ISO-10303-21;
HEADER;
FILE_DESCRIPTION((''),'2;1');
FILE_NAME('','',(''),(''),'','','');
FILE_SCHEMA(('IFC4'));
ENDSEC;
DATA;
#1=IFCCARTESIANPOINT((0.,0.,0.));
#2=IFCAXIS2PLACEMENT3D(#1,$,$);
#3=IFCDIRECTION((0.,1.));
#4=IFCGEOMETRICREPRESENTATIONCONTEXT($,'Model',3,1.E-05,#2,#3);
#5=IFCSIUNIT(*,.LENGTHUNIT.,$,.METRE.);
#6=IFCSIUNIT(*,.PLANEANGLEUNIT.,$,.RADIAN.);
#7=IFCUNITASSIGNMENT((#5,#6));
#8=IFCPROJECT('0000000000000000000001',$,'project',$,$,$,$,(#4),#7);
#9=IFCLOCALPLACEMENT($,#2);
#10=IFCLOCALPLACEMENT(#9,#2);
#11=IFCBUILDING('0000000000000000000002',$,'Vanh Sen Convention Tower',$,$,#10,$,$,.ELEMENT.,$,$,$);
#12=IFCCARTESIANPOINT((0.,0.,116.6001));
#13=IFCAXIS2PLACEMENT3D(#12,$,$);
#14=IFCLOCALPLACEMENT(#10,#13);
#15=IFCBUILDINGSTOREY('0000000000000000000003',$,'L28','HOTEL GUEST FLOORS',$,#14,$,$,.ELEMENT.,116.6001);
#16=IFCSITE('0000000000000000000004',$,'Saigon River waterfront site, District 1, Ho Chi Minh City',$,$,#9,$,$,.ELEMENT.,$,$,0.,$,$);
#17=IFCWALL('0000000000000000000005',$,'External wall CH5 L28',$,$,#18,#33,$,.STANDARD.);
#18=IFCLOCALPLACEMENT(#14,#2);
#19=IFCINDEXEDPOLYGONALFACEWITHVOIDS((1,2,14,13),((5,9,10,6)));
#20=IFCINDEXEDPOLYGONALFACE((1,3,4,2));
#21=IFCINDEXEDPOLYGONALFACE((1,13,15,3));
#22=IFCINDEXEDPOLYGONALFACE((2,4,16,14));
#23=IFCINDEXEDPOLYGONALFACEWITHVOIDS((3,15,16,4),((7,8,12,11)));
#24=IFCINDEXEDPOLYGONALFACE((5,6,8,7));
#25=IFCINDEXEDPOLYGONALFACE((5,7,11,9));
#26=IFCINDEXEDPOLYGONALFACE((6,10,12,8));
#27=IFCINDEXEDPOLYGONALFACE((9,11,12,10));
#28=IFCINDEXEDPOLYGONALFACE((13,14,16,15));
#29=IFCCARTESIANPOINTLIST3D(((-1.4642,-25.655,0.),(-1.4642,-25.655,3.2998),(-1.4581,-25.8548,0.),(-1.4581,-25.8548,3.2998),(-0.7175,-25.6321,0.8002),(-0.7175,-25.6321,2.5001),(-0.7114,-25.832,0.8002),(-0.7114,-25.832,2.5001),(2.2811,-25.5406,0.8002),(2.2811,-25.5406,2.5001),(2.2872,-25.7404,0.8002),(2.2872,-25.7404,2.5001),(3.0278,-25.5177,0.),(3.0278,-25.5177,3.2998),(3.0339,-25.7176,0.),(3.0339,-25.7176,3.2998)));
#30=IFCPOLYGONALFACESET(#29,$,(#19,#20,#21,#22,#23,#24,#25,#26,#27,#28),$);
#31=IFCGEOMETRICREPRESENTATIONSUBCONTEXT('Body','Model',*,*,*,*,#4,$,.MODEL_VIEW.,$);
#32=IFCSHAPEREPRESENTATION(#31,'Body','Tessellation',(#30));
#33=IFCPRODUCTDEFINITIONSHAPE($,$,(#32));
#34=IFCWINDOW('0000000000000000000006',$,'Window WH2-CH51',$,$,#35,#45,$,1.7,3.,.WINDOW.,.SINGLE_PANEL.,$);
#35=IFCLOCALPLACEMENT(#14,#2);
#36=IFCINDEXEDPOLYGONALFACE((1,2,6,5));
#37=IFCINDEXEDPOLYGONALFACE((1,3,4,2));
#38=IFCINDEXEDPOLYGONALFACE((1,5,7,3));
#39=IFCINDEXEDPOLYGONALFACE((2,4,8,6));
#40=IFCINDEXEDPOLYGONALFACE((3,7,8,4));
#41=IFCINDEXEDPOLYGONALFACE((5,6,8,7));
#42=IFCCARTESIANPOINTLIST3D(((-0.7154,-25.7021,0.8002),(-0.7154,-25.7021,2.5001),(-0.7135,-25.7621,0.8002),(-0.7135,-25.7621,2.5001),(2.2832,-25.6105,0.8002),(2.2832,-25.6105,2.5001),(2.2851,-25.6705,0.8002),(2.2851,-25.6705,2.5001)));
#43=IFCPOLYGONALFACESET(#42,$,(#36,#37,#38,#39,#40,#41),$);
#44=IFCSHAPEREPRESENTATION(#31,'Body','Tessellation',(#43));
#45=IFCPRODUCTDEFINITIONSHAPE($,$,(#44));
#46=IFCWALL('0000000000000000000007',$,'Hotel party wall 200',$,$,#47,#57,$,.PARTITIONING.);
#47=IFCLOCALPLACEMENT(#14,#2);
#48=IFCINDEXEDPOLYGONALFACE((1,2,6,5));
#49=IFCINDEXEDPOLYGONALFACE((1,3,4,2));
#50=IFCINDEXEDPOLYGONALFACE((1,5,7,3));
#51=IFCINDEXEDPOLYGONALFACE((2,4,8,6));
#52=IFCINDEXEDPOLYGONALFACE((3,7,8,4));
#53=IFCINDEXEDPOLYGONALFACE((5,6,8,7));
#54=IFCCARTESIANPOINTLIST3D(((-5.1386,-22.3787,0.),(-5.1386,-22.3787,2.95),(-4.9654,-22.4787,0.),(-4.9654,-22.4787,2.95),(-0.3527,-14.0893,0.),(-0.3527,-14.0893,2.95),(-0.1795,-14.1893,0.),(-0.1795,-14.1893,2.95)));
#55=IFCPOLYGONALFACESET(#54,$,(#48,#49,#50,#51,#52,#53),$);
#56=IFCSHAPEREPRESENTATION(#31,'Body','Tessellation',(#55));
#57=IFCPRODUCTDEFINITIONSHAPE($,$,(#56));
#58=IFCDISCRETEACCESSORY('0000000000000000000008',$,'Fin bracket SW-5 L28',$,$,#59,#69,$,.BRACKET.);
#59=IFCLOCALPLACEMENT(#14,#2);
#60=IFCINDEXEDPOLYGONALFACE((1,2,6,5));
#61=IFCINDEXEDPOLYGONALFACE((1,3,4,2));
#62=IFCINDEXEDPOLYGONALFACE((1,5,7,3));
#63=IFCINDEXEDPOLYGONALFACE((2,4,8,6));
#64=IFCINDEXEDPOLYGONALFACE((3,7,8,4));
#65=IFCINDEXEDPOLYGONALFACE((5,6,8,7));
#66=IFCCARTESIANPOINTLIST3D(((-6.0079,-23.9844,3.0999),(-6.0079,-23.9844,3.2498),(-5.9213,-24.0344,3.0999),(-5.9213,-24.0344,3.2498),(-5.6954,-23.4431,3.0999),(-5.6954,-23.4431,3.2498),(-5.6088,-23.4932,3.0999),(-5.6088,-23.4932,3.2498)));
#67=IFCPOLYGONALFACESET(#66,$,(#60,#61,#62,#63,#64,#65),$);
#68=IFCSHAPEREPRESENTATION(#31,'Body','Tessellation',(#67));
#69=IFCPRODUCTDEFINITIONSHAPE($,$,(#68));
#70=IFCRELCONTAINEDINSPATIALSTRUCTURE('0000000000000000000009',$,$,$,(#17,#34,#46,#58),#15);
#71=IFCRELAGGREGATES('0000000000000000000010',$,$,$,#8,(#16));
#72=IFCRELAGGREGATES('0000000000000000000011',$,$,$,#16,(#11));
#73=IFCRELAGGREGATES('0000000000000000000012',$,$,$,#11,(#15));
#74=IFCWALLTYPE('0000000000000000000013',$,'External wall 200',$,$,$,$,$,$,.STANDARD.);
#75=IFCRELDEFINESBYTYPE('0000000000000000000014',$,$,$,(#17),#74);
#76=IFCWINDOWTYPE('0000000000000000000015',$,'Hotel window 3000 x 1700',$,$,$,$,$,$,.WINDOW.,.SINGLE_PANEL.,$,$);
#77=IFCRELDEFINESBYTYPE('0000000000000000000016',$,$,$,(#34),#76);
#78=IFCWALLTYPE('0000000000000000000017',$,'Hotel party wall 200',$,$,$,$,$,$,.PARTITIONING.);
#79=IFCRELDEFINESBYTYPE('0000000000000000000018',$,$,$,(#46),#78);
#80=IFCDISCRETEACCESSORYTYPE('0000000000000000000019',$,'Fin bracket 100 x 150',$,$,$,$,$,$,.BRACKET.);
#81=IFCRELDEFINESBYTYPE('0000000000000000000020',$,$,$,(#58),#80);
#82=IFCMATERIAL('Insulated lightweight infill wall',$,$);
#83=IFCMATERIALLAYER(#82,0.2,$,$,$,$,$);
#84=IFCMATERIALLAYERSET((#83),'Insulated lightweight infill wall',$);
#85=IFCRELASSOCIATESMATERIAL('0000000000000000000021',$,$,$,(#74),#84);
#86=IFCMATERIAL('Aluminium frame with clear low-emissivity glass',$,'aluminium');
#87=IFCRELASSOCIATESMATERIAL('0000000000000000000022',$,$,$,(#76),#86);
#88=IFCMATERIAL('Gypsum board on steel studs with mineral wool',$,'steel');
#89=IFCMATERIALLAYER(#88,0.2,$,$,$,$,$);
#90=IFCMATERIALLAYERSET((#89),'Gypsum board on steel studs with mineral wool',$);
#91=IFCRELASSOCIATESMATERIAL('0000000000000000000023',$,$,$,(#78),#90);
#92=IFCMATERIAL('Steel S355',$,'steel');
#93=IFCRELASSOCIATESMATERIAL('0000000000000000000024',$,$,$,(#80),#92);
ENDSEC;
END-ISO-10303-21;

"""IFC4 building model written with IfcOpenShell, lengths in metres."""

from ifc_helpers import new_model, si_unit, direction, frame, frame_2d, origin, origin_2d, place, context, subcontext, project, spatial, rectangle, extrude, material, layer, layer_set, type_object, element, fill, save


model = new_model("IFC4")

# Units and contexts
model_context = context("Model", 3, precision=1e-05, world=origin(), true_north=direction((0.0, 1.0)))
body_context = subcontext(model_context, "Body", "Model", "MODEL_VIEW")
ifc_project = project(units=[si_unit("LENGTHUNIT", "METRE"), si_unit("PLANEANGLEUNIT", "RADIAN")], contexts=[model_context])

# Site, building, storey
site_placement = place(None, origin())
site = spatial("IfcSite", under=ifc_project, at=site_placement, Name="Saigon River waterfront site, District 1, Ho Chi Minh City", CompositionType="ELEMENT", RefElevation=0.0)
building_placement = place(site_placement, origin())
building = spatial("IfcBuilding", under=site, at=building_placement, Name="Vanh Sen Convention Tower", CompositionType="ELEMENT")
storey_placement = place(building_placement, frame((0.0, 0.0, 116.6001)))
storey = spatial("IfcBuildingStorey", under=building, at=storey_placement, Name="L28", Description="HOTEL GUEST FLOORS", CompositionType="ELEMENT", Elevation=116.6001)

# Shared definitions
ifc_material_1 = material(Name="Gypsum board on steel studs with mineral wool", Category="steel")

# Wall, opening, window
ifc_material_2 = material(Name="Insulated lightweight infill wall")
ifc_layer_1 = layer(ifc_material_2, 0.2)
ifc_layer_set_1 = layer_set([ifc_layer_1], Name="Insulated lightweight infill wall")
wall_type_1 = type_object("IfcWallType", Name="External wall 200", PredefinedType="STANDARD", material=ifc_layer_set_1)
wall_1_placement = place(storey_placement, frame((-1.4612, -25.7549, 0.0), z_axis=(0.0, 0.0, 1.0), x_axis=(0.999534, 0.030531, 0.0)))
wall_1 = element("IfcWall", 1, at=wall_1_placement, inside=storey, type_object=wall_type_1, Name="External wall CH5 L28", PredefinedType="STANDARD", context=body_context, shape_type="SweptSolid", body=[
    extrude(rectangle(XDim=4.4941, YDim=0.2, at=frame_2d((2.2471, 0.0))), origin(), (0.0, 0.0, 1.0), 3.2998),
])
opening_1_placement = place(wall_1_placement, frame((0.7471, 0.0, 0.8)))
opening_1 = element("IfcOpeningElement", 2, at=opening_1_placement, cuts=wall_1, PredefinedType="OPENING", context=body_context, shape_type="SweptSolid", body=[
    extrude(rectangle(XDim=3.0, YDim=1.7, at=frame_2d((1.5, 0.8501))), frame((0.0, 0.1099, 0.0), z_axis=(0.0, -1.0, 0.0), x_axis=(1.0, 0.0, 0.0)), (0.0, 0.0, 1.0), 0.22),
])
ifc_material_3 = material(Name="Aluminium frame with clear low-emissivity glass", Category="aluminium")
window_type = type_object("IfcWindowType", Name="Hotel window 3000 x 1700", PartitioningType="SINGLE_PANEL", PredefinedType="WINDOW", material=ifc_material_3)
window_placement = place(opening_1_placement, origin())
window = element("IfcWindow", 3, at=window_placement, inside=storey, type_object=window_type, Name="Window WH2-CH51", OverallHeight=1.7, OverallWidth=3.0, PartitioningType="SINGLE_PANEL", PredefinedType="WINDOW", context=body_context, shape_type="SweptSolid", body=[
    extrude(rectangle(XDim=3.0, YDim=1.7, at=frame_2d((1.5, 0.8501))), frame((0.0, 0.03, 0.0), z_axis=(0.0, -1.0, 0.0), x_axis=(1.0, 0.0, 0.0)), (0.0, 0.0, 1.0), 0.0601),
])
fill(opening_1, window)

# Wall
ifc_layer_2 = layer(ifc_material_1, 0.2)
ifc_layer_set_2 = layer_set([ifc_layer_2], Name="Gypsum board on steel studs with mineral wool")
wall_type_2 = type_object("IfcWallType", Name="Hotel party wall 200", PredefinedType="PARTITIONING", material=ifc_layer_set_2)
wall_2_placement = place(storey_placement, frame((-5.052, -22.4287, 0.0), z_axis=(0.0, 0.0, 1.0), x_axis=(0.500004, 0.866023, 0.0)))
element("IfcWall", 4, at=wall_2_placement, inside=storey, type_object=wall_type_2, Name="Hotel party wall 200", PredefinedType="PARTITIONING", context=body_context, shape_type="SweptSolid", body=[
    extrude(rectangle(XDim=9.5718, YDim=0.2, at=frame_2d((4.7859, 0.0))), origin(), (0.0, 0.0, 1.0), 2.95),
])

# Discrete accessory
ifc_material_4 = material(Name="Steel S355", Category="steel")
discrete_accessory_type = type_object("IfcDiscreteAccessoryType", Name="Fin bracket 100 x 150", PredefinedType="BRACKET", material=ifc_material_4)
discrete_accessory_placement = place(storey_placement, frame((-5.8083, -23.7388, 3.0999), z_axis=(0.0, 0.0, 1.0), x_axis=(-0.5, -0.866025, 0.0)))
element("IfcDiscreteAccessory", 5, at=discrete_accessory_placement, inside=storey, type_object=discrete_accessory_type, Name="Fin bracket SW-5 L28", PredefinedType="BRACKET", context=body_context, shape_type="SweptSolid", body=[
    extrude(rectangle(XDim=0.625, YDim=0.1001, at=origin_2d()), origin(), (0.0, 0.0, 1.0), 0.1499),
])

save(model, "model.ifc")
